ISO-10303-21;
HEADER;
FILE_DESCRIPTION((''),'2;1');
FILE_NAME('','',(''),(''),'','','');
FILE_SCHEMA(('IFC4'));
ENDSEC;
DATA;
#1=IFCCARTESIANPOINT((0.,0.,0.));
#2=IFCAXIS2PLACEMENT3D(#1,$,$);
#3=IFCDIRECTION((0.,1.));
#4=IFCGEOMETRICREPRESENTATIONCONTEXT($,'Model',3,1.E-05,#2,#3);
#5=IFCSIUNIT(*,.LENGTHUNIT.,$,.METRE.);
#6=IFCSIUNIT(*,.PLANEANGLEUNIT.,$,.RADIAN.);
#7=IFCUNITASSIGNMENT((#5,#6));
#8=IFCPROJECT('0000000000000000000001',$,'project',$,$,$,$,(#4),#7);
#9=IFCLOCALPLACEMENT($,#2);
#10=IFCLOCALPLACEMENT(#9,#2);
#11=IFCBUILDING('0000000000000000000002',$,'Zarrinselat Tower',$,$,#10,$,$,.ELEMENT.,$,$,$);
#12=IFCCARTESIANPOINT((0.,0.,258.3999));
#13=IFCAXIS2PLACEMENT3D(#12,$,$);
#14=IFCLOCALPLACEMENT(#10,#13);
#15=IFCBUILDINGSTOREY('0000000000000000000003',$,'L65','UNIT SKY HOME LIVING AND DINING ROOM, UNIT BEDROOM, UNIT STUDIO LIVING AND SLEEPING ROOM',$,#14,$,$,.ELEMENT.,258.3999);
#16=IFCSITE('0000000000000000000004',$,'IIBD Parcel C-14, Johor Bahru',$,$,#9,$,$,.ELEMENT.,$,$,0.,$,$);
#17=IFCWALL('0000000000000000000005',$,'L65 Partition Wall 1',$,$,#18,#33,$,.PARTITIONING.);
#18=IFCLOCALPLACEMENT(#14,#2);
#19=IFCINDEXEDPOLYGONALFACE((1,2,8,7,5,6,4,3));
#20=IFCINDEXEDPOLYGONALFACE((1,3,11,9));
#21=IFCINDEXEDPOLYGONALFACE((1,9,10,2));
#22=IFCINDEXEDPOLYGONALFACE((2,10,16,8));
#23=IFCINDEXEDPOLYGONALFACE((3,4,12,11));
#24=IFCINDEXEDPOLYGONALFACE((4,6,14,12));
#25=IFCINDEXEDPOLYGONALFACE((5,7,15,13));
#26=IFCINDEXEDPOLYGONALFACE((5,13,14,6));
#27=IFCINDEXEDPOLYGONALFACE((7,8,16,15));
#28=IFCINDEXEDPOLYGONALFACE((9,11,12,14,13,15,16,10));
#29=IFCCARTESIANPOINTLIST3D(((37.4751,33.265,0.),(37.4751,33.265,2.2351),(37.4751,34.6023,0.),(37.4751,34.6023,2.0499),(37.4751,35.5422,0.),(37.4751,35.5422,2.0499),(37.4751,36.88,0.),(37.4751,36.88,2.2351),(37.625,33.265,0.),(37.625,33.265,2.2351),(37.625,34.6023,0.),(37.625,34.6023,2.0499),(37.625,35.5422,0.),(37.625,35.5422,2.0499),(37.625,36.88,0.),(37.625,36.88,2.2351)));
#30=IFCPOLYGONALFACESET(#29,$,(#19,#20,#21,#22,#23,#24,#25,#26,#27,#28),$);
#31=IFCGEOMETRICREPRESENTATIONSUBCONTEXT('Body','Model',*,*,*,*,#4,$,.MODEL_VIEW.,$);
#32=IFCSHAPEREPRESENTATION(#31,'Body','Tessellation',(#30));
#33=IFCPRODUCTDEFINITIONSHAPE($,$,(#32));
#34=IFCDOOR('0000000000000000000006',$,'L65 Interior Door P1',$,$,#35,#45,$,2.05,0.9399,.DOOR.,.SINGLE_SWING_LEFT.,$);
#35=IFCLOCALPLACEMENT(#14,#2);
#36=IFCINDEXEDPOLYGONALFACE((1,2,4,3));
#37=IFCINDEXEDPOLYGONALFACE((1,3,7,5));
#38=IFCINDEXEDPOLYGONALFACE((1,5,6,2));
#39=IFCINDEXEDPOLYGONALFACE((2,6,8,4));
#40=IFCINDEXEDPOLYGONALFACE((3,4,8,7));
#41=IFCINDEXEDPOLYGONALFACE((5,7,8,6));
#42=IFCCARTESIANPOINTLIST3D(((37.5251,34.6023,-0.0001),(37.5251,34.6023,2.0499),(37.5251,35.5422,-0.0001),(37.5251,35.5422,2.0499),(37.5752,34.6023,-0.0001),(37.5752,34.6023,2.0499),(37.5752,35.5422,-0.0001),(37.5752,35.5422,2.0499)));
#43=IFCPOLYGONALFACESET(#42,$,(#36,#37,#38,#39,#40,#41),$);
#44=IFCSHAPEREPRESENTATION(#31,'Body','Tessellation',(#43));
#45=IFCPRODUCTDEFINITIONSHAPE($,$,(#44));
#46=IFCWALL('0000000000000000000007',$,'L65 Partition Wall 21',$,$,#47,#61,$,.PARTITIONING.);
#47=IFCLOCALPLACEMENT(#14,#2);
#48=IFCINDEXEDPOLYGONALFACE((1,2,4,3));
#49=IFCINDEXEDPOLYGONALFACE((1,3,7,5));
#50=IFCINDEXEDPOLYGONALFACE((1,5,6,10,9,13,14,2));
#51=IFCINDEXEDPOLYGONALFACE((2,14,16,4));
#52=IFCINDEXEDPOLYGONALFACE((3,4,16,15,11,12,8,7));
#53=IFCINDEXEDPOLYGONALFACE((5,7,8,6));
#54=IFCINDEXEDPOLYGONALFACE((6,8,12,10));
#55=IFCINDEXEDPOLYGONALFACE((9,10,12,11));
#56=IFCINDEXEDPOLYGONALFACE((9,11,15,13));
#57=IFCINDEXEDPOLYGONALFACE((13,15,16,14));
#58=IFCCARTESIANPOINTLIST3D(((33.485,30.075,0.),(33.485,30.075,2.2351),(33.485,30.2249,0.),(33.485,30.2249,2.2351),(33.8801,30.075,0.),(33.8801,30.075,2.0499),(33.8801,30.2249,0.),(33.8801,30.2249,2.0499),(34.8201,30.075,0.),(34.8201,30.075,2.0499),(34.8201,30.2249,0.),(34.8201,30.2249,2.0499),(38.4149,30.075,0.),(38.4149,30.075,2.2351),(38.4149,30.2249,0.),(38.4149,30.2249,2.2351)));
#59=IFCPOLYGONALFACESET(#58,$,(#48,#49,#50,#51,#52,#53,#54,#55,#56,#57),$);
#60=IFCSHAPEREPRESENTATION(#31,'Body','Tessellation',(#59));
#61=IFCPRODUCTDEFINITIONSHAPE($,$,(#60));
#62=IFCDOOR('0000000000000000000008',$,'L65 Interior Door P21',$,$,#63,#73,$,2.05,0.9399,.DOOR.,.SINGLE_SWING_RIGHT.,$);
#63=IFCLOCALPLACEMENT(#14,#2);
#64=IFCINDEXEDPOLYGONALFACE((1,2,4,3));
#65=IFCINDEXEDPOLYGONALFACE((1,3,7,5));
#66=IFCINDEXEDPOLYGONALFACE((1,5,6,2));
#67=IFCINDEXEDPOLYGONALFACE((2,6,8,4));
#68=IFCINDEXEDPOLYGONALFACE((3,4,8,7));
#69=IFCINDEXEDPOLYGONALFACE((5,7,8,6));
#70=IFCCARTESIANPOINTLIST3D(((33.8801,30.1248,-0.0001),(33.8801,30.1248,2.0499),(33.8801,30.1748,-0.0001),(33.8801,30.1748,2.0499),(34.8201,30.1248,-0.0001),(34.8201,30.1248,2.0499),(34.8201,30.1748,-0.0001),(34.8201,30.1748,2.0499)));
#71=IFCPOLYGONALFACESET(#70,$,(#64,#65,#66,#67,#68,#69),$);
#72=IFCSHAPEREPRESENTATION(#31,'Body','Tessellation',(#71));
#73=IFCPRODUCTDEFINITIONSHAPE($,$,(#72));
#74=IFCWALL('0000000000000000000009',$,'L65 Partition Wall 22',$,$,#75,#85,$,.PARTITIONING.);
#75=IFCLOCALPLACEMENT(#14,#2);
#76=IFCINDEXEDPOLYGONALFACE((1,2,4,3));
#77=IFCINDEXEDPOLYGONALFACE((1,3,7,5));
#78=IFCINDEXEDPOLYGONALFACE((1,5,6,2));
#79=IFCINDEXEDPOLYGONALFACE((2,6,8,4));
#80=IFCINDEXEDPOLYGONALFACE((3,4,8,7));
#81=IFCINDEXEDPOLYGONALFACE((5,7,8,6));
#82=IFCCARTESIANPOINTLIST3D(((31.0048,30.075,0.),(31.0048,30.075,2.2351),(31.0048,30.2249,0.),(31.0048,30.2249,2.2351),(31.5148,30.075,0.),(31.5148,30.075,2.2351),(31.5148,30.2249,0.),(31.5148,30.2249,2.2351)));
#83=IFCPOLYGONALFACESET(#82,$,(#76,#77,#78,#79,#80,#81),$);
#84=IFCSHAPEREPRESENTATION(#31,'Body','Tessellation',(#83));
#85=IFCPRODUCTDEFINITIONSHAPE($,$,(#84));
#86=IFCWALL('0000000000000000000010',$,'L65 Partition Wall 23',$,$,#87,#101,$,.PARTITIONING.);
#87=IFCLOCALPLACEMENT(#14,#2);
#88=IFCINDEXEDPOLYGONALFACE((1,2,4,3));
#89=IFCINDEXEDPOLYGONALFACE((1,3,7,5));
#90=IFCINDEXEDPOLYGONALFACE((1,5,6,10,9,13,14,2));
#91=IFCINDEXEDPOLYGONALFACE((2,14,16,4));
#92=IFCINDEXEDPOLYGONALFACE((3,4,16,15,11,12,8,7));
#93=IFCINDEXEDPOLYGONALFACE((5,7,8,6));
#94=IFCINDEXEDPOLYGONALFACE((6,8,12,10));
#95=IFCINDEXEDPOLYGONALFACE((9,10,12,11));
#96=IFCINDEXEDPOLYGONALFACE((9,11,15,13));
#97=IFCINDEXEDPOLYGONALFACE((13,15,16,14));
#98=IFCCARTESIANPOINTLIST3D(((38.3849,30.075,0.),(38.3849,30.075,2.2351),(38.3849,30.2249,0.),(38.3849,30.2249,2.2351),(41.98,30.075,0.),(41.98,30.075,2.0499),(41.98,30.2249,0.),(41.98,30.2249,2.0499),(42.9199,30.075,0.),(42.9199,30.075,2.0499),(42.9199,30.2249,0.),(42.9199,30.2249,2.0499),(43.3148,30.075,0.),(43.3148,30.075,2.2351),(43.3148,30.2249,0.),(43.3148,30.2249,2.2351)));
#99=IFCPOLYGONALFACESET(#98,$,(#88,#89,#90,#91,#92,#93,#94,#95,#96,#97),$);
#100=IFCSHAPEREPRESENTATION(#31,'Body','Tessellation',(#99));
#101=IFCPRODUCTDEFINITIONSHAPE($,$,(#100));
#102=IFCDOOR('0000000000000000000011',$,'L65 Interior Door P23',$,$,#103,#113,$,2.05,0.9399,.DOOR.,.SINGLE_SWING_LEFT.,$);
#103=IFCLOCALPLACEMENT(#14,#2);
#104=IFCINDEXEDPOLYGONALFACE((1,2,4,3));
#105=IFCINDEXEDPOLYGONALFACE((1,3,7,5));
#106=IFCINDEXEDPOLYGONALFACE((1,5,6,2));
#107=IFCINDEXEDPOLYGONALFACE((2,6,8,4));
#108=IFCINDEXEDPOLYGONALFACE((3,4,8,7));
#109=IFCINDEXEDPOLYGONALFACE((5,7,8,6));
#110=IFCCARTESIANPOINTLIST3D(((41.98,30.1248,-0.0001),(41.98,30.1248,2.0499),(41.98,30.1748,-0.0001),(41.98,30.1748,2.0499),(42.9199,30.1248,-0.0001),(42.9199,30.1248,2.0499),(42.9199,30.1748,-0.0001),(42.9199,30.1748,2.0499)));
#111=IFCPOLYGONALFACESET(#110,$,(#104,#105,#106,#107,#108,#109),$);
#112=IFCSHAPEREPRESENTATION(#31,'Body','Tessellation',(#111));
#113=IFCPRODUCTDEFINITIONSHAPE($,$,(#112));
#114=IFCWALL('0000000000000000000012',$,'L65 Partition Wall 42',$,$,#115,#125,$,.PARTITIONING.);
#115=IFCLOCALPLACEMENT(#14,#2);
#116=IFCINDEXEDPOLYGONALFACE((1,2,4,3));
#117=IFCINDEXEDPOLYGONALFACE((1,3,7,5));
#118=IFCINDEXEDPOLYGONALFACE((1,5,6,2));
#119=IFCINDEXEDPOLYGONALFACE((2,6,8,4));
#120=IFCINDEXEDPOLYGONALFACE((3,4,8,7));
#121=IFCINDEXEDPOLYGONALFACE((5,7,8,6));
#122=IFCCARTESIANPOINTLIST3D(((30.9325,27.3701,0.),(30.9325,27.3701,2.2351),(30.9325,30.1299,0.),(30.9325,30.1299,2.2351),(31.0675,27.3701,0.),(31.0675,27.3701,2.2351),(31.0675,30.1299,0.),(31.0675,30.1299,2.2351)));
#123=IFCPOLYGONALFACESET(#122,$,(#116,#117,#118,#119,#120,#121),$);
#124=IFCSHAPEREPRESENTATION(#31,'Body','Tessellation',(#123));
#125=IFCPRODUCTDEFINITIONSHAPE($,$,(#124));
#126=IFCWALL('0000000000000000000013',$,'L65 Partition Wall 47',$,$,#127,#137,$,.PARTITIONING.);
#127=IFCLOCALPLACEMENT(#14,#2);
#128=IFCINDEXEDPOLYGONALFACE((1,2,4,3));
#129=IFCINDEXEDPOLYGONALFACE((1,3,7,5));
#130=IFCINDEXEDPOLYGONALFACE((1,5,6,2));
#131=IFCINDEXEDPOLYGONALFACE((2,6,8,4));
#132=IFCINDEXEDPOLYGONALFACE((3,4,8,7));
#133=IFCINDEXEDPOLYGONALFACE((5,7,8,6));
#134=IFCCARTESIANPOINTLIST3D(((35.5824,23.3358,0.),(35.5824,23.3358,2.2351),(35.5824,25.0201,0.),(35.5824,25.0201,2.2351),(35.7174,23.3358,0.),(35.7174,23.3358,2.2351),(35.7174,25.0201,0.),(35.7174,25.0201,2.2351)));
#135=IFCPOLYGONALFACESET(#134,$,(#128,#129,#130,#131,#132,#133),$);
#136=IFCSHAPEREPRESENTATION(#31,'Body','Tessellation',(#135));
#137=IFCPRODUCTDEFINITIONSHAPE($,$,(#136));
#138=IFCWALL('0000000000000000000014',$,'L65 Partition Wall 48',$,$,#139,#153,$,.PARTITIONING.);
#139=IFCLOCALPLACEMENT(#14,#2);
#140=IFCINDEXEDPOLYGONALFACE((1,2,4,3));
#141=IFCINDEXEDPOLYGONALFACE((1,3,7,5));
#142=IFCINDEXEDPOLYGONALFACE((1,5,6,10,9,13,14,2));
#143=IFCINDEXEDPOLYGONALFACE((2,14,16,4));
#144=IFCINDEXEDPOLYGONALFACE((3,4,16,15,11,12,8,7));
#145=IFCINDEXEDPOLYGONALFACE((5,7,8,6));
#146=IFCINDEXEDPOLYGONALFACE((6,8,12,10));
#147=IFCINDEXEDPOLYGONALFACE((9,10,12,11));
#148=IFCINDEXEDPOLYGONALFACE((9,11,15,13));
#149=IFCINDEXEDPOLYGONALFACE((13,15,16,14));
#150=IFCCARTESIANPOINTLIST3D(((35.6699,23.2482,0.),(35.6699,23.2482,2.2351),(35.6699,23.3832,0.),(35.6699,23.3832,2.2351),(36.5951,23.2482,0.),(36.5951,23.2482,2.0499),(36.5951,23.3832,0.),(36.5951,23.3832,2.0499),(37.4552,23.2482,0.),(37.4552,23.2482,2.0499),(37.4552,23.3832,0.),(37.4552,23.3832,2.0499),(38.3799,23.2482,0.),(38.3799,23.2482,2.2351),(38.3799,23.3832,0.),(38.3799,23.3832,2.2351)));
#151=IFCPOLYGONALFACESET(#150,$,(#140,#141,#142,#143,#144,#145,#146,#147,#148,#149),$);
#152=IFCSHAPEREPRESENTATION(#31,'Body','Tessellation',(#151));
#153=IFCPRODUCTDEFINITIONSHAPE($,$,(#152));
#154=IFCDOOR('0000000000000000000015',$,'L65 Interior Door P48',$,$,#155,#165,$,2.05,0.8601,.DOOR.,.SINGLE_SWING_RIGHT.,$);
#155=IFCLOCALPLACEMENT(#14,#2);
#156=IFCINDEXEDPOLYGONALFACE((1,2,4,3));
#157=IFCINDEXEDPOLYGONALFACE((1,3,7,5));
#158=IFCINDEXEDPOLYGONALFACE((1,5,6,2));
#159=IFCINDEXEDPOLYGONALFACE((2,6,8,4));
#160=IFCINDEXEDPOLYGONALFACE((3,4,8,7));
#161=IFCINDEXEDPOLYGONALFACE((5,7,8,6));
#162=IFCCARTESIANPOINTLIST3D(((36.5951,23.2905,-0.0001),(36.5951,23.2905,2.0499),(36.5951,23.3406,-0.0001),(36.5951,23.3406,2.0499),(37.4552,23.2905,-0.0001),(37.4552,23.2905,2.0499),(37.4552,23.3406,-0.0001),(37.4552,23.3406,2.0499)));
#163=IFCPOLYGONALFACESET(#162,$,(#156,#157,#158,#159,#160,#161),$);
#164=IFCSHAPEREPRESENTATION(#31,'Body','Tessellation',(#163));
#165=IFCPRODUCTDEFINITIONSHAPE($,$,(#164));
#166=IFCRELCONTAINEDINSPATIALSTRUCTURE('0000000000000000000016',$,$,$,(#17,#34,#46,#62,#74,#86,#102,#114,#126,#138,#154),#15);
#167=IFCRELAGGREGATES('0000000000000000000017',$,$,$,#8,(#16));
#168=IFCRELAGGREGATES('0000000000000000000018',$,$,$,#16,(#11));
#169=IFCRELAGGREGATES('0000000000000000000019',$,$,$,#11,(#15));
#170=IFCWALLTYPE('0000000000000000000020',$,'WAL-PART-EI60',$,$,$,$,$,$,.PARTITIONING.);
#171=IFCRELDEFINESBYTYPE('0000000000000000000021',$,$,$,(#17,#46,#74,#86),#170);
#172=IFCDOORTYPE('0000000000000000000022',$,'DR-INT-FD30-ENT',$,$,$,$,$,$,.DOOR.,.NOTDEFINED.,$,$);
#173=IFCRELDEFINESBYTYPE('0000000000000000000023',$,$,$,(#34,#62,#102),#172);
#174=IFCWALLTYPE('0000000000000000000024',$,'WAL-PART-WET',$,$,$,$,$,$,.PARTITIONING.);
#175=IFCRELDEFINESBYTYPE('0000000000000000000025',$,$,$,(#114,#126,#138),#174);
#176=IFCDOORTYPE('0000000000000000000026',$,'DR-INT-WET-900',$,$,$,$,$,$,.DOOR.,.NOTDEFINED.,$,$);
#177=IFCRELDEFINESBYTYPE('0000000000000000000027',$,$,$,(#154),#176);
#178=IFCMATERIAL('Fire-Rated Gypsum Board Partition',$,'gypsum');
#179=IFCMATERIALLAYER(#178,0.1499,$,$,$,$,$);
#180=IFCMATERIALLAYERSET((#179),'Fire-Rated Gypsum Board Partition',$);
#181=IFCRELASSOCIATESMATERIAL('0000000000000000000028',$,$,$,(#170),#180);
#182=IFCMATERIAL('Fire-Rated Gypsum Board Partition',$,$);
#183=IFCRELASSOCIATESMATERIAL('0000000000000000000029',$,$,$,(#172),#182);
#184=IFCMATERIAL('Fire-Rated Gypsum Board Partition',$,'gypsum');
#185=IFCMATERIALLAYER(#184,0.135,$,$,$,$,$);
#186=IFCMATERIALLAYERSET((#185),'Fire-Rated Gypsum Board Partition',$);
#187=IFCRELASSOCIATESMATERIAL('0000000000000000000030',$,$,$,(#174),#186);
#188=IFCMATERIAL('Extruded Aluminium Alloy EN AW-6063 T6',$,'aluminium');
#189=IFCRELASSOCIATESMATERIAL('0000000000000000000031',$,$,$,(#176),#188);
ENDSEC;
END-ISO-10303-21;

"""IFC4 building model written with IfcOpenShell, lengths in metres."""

from ifc_helpers import new_model, si_unit, direction, frame, frame_2d, origin, place, context, subcontext, project, spatial, rectangle, extrude, material, layer, layer_set, type_object, element, fill, save


model = new_model("IFC4")

# Units and contexts
model_context = context("Model", 3, precision=1e-05, world=origin(), true_north=direction((0.0, 1.0)))
body_context = subcontext(model_context, "Body", "Model", "MODEL_VIEW")
ifc_project = project(units=[si_unit("LENGTHUNIT", "METRE"), si_unit("PLANEANGLEUNIT", "RADIAN")], contexts=[model_context])

# Site, building, storey
site_placement = place(None, origin())
site = spatial("IfcSite", under=ifc_project, at=site_placement, Name="IIBD Parcel C-14, Johor Bahru", CompositionType="ELEMENT", RefElevation=0.0)
building_placement = place(site_placement, origin())
building = spatial("IfcBuilding", under=site, at=building_placement, Name="Zarrinselat Tower", CompositionType="ELEMENT")
storey_placement = place(building_placement, frame((0.0, 0.0, 258.3999)))
storey = spatial("IfcBuildingStorey", under=building, at=storey_placement, Name="L65", Description="UNIT SKY HOME LIVING AND DINING ROOM, UNIT BEDROOM, UNIT STUDIO LIVING AND SLEEPING ROOM", CompositionType="ELEMENT", Elevation=258.3999)

# Walls, openings, doors
ifc_material_1 = material(Name="Fire-Rated Gypsum Board Partition", Category="gypsum")
ifc_layer_1 = layer(ifc_material_1, 0.1499)
ifc_layer_set_1 = layer_set([ifc_layer_1], Name="Fire-Rated Gypsum Board Partition")
wall_type_1 = type_object("IfcWallType", Name="WAL-PART-EI60", PredefinedType="PARTITIONING", material=ifc_layer_set_1)
wall_1_placement = place(storey_placement, frame((37.55, 33.2649, 0.0), z_axis=(0.0, 0.0, 1.0), x_axis=(0.0, 1.0, 0.0)))
wall_1 = element("IfcWall", 1, at=wall_1_placement, inside=storey, type_object=wall_type_1, Name="L65 Partition Wall 1", PredefinedType="PARTITIONING", context=body_context, shape_type="SweptSolid", body=[
    extrude(rectangle(XDim=3.615, YDim=0.1499, at=frame_2d((1.8076, 0.0))), origin(), (0.0, 0.0, 1.0), 2.2351),
])
opening_1_placement = place(wall_1_placement, frame((1.3374, 0.0, 0.0)))
opening_1 = element("IfcOpeningElement", 2, at=opening_1_placement, cuts=wall_1, PredefinedType="OPENING", context=body_context, shape_type="SweptSolid", body=[
    extrude(rectangle(XDim=0.9399, YDim=2.05, at=frame_2d((0.47, 1.0249))), frame((0.0, 0.085, 0.0), z_axis=(0.0, -1.0, 0.0), x_axis=(1.0, 0.0, 0.0)), (0.0, 0.0, 1.0), 0.1699),
])
ifc_material_2 = material(Name="Fire-Rated Gypsum Board Partition")
door_type_1 = type_object("IfcDoorType", Name="DR-INT-FD30-ENT", OperationType="NOTDEFINED", PredefinedType="DOOR", material=ifc_material_2)
door_1_placement = place(opening_1_placement, origin())
door_1 = element("IfcDoor", 3, at=door_1_placement, inside=storey, type_object=door_type_1, Name="L65 Interior Door P1", OperationType="SINGLE_SWING_LEFT", OverallHeight=2.05, OverallWidth=0.9399, PredefinedType="DOOR", context=body_context, shape_type="SweptSolid", body=[
    extrude(rectangle(XDim=0.9399, YDim=2.05, at=frame_2d((0.47, 1.0249))), frame((0.0, 0.0249, 0.0), z_axis=(0.0, -1.0, 0.0), x_axis=(1.0, 0.0, 0.0)), (0.0, 0.0, 1.0), 0.05),
])
fill(opening_1, door_1)
wall_2_placement = place(storey_placement, frame((33.4851, 30.1499, 0.0), z_axis=(0.0, 0.0, 1.0), x_axis=(1.0, 0.0, 0.0)))
wall_2 = element("IfcWall", 4, at=wall_2_placement, inside=storey, type_object=wall_type_1, Name="L65 Partition Wall 21", PredefinedType="PARTITIONING", context=body_context, shape_type="SweptSolid", body=[
    extrude(rectangle(XDim=4.9299, YDim=0.1499, at=frame_2d((2.4648, 0.0))), origin(), (0.0, 0.0, 1.0), 2.2351),
])
opening_2_placement = place(wall_2_placement, frame((0.395, 0.0, 0.0)))
opening_2 = element("IfcOpeningElement", 5, at=opening_2_placement, cuts=wall_2, PredefinedType="OPENING", context=body_context, shape_type="SweptSolid", body=[
    extrude(rectangle(XDim=0.9399, YDim=2.05, at=frame_2d((0.47, 1.0249))), frame((0.0, 0.085, 0.0), z_axis=(0.0, -1.0, 0.0), x_axis=(1.0, 0.0, 0.0)), (0.0, 0.0, 1.0), 0.1699),
])
door_2_placement = place(opening_2_placement, origin())
door_2 = element("IfcDoor", 6, at=door_2_placement, inside=storey, type_object=door_type_1, Name="L65 Interior Door P21", OperationType="SINGLE_SWING_RIGHT", OverallHeight=2.05, OverallWidth=0.9399, PredefinedType="DOOR", context=body_context, shape_type="SweptSolid", body=[
    extrude(rectangle(XDim=0.9399, YDim=2.05, at=frame_2d((0.47, 1.0249))), frame((0.0, 0.0249, 0.0), z_axis=(0.0, -1.0, 0.0), x_axis=(1.0, 0.0, 0.0)), (0.0, 0.0, 1.0), 0.05),
])
fill(opening_2, door_2)

# Wall
wall_3_placement = place(storey_placement, frame((31.0049, 30.1499, 0.0), z_axis=(0.0, 0.0, 1.0), x_axis=(1.0, 0.0, 0.0)))
element("IfcWall", 7, at=wall_3_placement, inside=storey, type_object=wall_type_1, Name="L65 Partition Wall 22", PredefinedType="PARTITIONING", context=body_context, shape_type="SweptSolid", body=[
    extrude(rectangle(XDim=0.51, YDim=0.1499, at=frame_2d((0.2549, 0.0))), origin(), (0.0, 0.0, 1.0), 2.2351),
])

# Wall, opening, door
wall_4_placement = place(storey_placement, frame((38.385, 30.1499, 0.0), z_axis=(0.0, 0.0, 1.0), x_axis=(1.0, 0.0, 0.0)))
wall_4 = element("IfcWall", 8, at=wall_4_placement, inside=storey, type_object=wall_type_1, Name="L65 Partition Wall 23", PredefinedType="PARTITIONING", context=body_context, shape_type="SweptSolid", body=[
    extrude(rectangle(XDim=4.9299, YDim=0.1499, at=frame_2d((2.4648, 0.0))), origin(), (0.0, 0.0, 1.0), 2.2351),
])
opening_3_placement = place(wall_4_placement, frame((3.595, 0.0, 0.0)))
opening_3 = element("IfcOpeningElement", 9, at=opening_3_placement, cuts=wall_4, PredefinedType="OPENING", context=body_context, shape_type="SweptSolid", body=[
    extrude(rectangle(XDim=0.9399, YDim=2.05, at=frame_2d((0.47, 1.0249))), frame((0.0, 0.085, 0.0), z_axis=(0.0, -1.0, 0.0), x_axis=(1.0, 0.0, 0.0)), (0.0, 0.0, 1.0), 0.1699),
])
door_3_placement = place(opening_3_placement, origin())
door_3 = element("IfcDoor", 10, at=door_3_placement, inside=storey, type_object=door_type_1, Name="L65 Interior Door P23", OperationType="SINGLE_SWING_LEFT", OverallHeight=2.05, OverallWidth=0.9399, PredefinedType="DOOR", context=body_context, shape_type="SweptSolid", body=[
    extrude(rectangle(XDim=0.9399, YDim=2.05, at=frame_2d((0.47, 1.0249))), frame((0.0, 0.0249, 0.0), z_axis=(0.0, -1.0, 0.0), x_axis=(1.0, 0.0, 0.0)), (0.0, 0.0, 1.0), 0.05),
])
fill(opening_3, door_3)

# Walls
ifc_material_3 = material(Name="Fire-Rated Gypsum Board Partition", Category="gypsum")
ifc_layer_2 = layer(ifc_material_3, 0.135)
ifc_layer_set_2 = layer_set([ifc_layer_2], Name="Fire-Rated Gypsum Board Partition")
wall_type_2 = type_object("IfcWallType", Name="WAL-PART-WET", PredefinedType="PARTITIONING", material=ifc_layer_set_2)
wall_5_placement = place(storey_placement, frame((31.0, 27.3701, 0.0), z_axis=(0.0, 0.0, 1.0), x_axis=(0.0, 1.0, 0.0)))
element("IfcWall", 11, at=wall_5_placement, inside=storey, type_object=wall_type_2, Name="L65 Partition Wall 42", PredefinedType="PARTITIONING", context=body_context, shape_type="SweptSolid", body=[
    extrude(rectangle(XDim=2.7598, YDim=0.135, at=frame_2d((1.3799, 0.0))), origin(), (0.0, 0.0, 1.0), 2.2351),
])
wall_6_placement = place(storey_placement, frame((35.6499, 23.3357, 0.0), z_axis=(0.0, 0.0, 1.0), x_axis=(0.0, 1.0, 0.0)))
element("IfcWall", 12, at=wall_6_placement, inside=storey, type_object=wall_type_2, Name="L65 Partition Wall 47", PredefinedType="PARTITIONING", context=body_context, shape_type="SweptSolid", body=[
    extrude(rectangle(XDim=1.6843, YDim=0.135, at=frame_2d((0.8423, 0.0))), origin(), (0.0, 0.0, 1.0), 2.2351),
])

# Wall, opening, door
wall_7_placement = place(storey_placement, frame((35.6699, 23.3157, 0.0), z_axis=(0.0, 0.0, 1.0), x_axis=(1.0, 0.0, 0.0)))
wall_7 = element("IfcWall", 13, at=wall_7_placement, inside=storey, type_object=wall_type_2, Name="L65 Partition Wall 48", PredefinedType="PARTITIONING", context=body_context, shape_type="SweptSolid", body=[
    extrude(rectangle(XDim=2.71, YDim=0.135, at=frame_2d((1.355, 0.0))), origin(), (0.0, 0.0, 1.0), 2.2351),
])
opening_4_placement = place(wall_7_placement, frame((0.925, 0.0, 0.0)))
opening_4 = element("IfcOpeningElement", 14, at=opening_4_placement, cuts=wall_7, PredefinedType="OPENING", context=body_context, shape_type="SweptSolid", body=[
    extrude(rectangle(XDim=0.8601, YDim=2.05, at=frame_2d((0.4302, 1.0249))), frame((0.0, 0.0774, 0.0), z_axis=(0.0, -1.0, 0.0), x_axis=(1.0, 0.0, 0.0)), (0.0, 0.0, 1.0), 0.155),
])
ifc_material_4 = material(Name="Extruded Aluminium Alloy EN AW-6063 T6", Category="aluminium")
door_type_2 = type_object("IfcDoorType", Name="DR-INT-WET-900", OperationType="NOTDEFINED", PredefinedType="DOOR", material=ifc_material_4)
door_4_placement = place(opening_4_placement, origin())
door_4 = element("IfcDoor", 15, at=door_4_placement, inside=storey, type_object=door_type_2, Name="L65 Interior Door P48", OperationType="SINGLE_SWING_RIGHT", OverallHeight=2.05, OverallWidth=0.8601, PredefinedType="DOOR", context=body_context, shape_type="SweptSolid", body=[
    extrude(rectangle(XDim=0.8601, YDim=2.05, at=frame_2d((0.4302, 1.0249))), frame((0.0, 0.0249, 0.0), z_axis=(0.0, -1.0, 0.0), x_axis=(1.0, 0.0, 0.0)), (0.0, 0.0, 1.0), 0.05),
])
fill(opening_4, door_4)

save(model, "model.ifc")
